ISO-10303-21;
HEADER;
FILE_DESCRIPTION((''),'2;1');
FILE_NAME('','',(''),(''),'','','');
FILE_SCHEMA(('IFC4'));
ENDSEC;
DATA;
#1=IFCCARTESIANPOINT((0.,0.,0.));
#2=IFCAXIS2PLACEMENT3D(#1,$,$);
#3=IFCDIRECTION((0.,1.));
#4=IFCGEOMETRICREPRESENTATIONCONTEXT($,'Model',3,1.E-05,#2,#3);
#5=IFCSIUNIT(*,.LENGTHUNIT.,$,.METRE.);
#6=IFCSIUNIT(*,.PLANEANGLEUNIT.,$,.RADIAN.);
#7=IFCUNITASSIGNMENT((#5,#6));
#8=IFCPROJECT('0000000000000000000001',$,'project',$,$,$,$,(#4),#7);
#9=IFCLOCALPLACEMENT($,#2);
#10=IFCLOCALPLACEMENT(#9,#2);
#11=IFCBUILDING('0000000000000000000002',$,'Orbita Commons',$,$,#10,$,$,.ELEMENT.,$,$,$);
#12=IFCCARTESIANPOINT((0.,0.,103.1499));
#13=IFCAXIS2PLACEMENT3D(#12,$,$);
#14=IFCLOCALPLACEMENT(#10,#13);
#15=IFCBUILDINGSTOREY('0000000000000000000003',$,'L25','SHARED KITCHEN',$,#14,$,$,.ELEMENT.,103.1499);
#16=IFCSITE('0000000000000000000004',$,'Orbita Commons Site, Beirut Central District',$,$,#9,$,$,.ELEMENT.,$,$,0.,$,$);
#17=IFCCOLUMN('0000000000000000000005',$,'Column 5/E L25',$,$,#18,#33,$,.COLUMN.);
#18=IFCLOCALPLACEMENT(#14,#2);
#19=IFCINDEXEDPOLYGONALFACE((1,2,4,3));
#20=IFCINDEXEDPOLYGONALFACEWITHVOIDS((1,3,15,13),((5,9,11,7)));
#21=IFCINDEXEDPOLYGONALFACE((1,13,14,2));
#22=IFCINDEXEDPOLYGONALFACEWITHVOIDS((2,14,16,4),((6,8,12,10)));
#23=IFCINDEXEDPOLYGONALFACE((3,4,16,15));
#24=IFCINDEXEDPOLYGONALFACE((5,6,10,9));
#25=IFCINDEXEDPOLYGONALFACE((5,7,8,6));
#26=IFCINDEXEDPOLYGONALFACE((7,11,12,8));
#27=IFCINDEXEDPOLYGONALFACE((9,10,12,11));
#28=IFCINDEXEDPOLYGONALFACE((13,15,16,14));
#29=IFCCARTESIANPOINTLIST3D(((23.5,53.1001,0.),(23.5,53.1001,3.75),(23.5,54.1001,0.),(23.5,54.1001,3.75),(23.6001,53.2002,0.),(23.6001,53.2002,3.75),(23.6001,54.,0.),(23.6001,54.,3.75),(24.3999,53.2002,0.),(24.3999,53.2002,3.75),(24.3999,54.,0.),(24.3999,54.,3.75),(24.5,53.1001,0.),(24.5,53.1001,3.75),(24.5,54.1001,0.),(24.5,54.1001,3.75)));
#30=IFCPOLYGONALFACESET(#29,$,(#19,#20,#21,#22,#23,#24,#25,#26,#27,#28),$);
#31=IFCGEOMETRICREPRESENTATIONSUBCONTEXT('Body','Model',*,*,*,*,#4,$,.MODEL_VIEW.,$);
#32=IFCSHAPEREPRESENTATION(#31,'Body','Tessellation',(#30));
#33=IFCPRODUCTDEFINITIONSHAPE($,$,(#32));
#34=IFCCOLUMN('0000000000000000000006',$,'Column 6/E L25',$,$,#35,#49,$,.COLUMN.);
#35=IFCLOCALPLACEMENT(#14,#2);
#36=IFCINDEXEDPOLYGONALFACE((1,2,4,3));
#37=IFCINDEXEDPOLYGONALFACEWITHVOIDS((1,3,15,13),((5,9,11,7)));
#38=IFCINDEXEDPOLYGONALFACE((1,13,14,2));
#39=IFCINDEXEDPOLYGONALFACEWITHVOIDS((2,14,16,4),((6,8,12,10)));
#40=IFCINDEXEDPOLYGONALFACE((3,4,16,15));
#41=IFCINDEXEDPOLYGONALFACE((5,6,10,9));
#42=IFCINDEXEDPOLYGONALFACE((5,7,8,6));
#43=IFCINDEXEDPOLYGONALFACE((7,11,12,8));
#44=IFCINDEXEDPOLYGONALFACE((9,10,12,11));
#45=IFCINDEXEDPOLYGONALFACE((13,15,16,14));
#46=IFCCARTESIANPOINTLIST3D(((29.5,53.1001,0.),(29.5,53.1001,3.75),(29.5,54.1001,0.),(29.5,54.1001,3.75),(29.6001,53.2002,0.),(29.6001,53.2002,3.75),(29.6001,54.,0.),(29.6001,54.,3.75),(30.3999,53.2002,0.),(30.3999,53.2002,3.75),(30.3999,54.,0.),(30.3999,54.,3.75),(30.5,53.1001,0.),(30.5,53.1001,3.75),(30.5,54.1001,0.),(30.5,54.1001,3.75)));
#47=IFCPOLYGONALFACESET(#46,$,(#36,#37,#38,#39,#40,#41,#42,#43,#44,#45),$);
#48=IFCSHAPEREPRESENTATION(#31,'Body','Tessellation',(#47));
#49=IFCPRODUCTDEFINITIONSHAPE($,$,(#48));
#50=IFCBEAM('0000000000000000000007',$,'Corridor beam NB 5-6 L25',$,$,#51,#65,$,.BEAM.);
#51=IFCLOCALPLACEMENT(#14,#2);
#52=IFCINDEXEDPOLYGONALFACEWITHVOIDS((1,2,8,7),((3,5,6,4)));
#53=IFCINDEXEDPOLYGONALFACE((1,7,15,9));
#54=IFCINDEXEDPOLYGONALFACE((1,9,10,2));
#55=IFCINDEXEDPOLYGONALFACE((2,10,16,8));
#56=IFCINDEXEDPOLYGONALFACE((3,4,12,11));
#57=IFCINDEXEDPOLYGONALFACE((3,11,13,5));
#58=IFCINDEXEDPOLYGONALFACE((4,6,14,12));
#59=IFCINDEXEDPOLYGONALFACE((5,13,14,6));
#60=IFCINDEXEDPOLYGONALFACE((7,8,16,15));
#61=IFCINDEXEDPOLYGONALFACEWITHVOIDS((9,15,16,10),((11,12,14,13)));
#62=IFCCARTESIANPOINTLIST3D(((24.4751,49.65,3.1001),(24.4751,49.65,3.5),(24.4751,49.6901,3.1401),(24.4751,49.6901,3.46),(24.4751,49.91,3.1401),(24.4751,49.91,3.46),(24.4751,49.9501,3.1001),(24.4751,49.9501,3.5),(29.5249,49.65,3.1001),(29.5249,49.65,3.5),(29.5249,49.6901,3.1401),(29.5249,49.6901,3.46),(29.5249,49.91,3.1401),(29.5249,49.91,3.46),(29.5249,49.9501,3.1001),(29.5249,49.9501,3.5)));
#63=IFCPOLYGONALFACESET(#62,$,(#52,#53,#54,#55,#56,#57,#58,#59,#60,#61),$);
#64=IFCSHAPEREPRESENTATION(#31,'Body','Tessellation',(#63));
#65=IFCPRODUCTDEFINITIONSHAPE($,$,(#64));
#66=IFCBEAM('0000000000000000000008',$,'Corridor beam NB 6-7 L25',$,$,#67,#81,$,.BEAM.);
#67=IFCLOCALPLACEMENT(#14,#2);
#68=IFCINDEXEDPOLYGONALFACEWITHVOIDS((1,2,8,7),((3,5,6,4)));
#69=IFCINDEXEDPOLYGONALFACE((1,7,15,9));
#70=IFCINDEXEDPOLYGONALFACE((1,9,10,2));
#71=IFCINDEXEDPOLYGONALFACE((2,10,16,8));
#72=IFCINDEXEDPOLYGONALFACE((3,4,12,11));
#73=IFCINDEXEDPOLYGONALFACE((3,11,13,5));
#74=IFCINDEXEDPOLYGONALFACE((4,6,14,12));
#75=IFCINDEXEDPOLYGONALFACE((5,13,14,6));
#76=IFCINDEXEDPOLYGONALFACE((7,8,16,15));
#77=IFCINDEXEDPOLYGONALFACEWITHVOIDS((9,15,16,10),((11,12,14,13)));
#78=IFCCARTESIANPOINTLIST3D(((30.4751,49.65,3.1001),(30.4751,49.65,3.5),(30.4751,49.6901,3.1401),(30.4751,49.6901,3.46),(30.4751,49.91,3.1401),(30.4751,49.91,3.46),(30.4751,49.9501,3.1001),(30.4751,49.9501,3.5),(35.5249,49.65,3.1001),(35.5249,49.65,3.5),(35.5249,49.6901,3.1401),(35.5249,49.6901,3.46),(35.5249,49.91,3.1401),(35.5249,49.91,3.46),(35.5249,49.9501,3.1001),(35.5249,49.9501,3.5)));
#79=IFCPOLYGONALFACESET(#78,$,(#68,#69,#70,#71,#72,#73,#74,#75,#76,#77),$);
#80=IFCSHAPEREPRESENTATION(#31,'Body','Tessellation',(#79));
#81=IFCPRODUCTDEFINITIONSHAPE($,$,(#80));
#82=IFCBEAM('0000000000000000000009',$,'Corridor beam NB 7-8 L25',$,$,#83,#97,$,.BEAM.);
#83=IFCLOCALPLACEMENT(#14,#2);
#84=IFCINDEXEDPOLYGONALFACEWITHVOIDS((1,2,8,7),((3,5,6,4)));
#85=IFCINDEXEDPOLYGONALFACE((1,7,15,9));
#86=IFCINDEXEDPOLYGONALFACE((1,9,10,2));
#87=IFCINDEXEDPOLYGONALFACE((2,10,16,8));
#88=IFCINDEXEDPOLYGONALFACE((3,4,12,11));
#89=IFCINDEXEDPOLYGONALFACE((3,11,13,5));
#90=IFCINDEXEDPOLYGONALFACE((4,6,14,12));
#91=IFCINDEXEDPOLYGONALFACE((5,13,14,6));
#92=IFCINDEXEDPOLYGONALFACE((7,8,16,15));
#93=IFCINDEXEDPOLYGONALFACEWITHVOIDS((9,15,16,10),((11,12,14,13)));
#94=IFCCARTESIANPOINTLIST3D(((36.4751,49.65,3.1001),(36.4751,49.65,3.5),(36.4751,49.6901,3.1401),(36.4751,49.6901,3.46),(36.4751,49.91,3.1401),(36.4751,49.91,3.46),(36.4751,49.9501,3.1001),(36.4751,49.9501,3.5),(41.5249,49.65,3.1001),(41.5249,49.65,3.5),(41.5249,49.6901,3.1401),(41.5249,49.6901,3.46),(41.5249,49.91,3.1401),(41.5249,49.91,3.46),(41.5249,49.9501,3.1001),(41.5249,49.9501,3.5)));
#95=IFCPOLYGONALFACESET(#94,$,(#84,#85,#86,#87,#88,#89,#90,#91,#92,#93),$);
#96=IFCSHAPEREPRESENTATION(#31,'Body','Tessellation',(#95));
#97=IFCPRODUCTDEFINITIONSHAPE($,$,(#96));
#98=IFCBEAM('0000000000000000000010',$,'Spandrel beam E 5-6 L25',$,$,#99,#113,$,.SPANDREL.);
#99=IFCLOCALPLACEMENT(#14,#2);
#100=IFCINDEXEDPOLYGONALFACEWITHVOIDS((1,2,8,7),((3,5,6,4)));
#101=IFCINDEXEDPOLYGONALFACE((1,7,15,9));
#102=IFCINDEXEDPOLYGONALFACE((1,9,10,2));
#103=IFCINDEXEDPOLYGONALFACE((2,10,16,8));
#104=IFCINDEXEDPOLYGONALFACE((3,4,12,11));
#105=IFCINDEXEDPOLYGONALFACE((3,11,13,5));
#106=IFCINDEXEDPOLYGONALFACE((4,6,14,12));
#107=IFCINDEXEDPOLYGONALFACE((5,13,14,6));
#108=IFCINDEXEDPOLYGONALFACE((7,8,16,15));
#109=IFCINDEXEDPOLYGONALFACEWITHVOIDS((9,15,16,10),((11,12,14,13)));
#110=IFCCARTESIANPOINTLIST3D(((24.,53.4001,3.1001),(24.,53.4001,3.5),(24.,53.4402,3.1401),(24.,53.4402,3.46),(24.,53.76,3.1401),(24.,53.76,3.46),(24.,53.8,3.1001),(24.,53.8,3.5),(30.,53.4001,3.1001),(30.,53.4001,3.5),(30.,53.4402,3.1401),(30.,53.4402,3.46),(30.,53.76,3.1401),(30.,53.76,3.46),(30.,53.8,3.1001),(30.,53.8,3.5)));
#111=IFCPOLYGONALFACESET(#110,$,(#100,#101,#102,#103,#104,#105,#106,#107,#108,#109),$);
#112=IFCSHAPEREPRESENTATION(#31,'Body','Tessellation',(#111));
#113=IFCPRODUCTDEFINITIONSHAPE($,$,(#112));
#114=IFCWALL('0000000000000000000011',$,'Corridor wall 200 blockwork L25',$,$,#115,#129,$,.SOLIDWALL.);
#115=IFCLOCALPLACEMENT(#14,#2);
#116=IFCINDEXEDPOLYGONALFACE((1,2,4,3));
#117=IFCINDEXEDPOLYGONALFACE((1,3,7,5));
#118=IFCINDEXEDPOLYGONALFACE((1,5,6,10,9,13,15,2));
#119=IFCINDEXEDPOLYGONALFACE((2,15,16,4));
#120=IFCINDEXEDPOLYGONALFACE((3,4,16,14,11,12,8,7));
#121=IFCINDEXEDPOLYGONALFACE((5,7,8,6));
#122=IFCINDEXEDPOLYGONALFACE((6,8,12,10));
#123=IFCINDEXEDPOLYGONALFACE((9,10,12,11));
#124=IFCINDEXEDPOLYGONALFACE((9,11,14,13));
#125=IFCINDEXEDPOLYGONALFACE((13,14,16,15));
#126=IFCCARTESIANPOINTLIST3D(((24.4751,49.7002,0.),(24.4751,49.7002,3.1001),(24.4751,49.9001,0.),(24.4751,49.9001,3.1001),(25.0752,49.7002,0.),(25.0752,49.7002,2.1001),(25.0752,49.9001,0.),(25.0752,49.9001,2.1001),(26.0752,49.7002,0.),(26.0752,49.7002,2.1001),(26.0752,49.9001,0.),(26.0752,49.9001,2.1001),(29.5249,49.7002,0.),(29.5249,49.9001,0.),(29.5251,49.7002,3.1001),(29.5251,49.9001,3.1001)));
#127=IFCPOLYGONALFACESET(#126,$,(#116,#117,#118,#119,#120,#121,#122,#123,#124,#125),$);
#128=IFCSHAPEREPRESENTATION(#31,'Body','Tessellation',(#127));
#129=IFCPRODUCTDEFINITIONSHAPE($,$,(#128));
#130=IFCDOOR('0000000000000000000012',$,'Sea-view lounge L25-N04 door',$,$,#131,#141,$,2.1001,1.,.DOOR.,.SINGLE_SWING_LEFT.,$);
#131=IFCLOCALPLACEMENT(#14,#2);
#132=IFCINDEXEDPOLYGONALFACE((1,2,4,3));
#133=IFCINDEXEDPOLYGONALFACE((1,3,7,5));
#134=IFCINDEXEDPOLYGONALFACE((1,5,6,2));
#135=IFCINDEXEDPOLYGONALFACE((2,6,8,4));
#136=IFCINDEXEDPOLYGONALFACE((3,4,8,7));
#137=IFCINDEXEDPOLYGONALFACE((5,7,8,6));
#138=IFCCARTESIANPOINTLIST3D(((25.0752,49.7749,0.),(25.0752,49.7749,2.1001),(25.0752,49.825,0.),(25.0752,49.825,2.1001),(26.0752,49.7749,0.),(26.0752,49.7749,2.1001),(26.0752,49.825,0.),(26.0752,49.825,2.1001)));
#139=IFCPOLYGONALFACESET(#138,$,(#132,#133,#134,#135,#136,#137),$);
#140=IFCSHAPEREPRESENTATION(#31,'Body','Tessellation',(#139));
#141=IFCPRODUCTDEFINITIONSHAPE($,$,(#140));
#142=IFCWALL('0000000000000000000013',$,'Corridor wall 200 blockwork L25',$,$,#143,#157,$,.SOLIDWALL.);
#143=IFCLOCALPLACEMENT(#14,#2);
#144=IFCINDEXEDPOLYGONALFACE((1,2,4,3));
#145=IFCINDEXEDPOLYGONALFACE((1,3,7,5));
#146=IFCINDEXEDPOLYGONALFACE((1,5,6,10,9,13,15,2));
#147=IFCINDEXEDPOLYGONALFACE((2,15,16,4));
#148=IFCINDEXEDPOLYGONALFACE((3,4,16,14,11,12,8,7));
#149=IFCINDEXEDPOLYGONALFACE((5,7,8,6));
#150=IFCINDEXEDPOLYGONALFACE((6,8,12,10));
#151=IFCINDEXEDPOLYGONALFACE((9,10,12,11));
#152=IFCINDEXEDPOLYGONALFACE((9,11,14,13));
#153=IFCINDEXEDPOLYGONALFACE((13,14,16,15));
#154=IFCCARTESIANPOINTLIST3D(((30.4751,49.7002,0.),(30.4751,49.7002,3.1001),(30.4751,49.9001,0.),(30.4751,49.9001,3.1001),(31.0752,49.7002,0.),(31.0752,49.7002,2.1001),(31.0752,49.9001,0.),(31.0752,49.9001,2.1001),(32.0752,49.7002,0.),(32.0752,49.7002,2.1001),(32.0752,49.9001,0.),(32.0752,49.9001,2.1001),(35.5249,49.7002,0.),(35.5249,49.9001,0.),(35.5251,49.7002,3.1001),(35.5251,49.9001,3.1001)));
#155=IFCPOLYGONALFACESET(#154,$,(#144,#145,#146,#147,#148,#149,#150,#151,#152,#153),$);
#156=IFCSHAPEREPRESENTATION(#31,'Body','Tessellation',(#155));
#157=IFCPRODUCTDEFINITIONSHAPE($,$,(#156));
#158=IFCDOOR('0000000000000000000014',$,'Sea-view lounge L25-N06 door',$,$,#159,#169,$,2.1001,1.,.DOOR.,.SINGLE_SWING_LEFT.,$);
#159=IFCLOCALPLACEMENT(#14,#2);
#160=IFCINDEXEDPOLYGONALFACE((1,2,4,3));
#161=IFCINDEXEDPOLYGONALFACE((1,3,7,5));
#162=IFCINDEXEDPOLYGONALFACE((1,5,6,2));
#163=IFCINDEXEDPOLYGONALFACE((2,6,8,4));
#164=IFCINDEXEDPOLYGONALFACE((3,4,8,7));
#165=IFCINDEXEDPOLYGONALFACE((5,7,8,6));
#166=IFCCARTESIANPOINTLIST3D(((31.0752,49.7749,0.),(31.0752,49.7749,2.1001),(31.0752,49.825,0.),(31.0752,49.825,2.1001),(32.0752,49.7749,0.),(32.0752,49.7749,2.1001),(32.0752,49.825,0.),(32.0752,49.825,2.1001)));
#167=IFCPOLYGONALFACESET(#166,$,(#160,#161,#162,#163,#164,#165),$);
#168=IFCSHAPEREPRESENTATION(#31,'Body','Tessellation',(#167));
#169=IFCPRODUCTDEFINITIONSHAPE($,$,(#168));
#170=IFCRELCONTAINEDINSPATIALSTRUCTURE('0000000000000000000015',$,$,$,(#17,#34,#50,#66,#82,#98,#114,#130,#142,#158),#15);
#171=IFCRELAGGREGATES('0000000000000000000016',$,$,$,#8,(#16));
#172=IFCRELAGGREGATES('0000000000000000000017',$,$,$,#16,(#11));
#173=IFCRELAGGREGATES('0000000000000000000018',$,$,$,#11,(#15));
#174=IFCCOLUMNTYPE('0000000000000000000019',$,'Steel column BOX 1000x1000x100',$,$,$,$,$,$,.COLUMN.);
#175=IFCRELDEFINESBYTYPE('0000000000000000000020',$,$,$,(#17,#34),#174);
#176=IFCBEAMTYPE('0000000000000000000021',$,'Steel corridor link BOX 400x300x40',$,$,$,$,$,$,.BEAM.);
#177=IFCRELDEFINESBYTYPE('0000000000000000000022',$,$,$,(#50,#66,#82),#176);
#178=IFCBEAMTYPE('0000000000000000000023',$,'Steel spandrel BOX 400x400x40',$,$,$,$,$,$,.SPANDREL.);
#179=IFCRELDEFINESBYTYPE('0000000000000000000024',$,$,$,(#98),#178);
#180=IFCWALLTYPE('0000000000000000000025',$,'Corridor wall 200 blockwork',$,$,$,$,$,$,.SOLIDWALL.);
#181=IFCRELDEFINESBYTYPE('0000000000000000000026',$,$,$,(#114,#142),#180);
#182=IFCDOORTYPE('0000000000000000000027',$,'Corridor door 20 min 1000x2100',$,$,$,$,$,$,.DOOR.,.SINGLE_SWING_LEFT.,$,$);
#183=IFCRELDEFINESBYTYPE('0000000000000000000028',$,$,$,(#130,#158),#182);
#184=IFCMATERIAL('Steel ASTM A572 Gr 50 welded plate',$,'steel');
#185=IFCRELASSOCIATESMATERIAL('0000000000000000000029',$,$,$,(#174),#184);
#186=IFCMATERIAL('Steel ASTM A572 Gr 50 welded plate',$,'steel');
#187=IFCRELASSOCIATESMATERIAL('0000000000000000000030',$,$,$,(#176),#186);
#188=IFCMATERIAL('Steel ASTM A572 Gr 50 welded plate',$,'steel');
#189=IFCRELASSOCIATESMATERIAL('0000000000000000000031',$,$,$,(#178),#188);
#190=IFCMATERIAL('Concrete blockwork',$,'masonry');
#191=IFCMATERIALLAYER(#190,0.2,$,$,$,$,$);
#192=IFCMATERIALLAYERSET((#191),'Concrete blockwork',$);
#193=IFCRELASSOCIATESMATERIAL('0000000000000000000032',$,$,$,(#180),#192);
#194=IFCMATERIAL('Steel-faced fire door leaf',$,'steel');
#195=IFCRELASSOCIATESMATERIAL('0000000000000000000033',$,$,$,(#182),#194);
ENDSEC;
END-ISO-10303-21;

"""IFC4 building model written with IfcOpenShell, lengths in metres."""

from ifc_helpers import new_model, si_unit, direction, frame, frame_2d, origin, origin_2d, place, context, subcontext, project, spatial, polyline, rectangle, hollow_rectangle, outline, extrude, material, layer, layer_set, material_profile, profile_set, type_object, element, fill, save


model = new_model("IFC4")

# Units and contexts
model_context = context("Model", 3, precision=1e-05, world=origin(), true_north=direction((0.0, 1.0)))
body_context = subcontext(model_context, "Body", "Model", "MODEL_VIEW")
ifc_project = project(units=[si_unit("LENGTHUNIT", "METRE"), si_unit("PLANEANGLEUNIT", "RADIAN")], contexts=[model_context])

# Site, building, storey
site_placement = place(None, origin())
site = spatial("IfcSite", under=ifc_project, at=site_placement, Name="Orbita Commons Site, Beirut Central District", CompositionType="ELEMENT", RefElevation=0.0)
building_placement = place(site_placement, origin())
building = spatial("IfcBuilding", under=site, at=building_placement, Name="Orbita Commons", CompositionType="ELEMENT")
storey_placement = place(building_placement, frame((0.0, 0.0, 103.1499)))
storey = spatial("IfcBuildingStorey", under=building, at=storey_placement, Name="L25", Description="SHARED KITCHEN", CompositionType="ELEMENT", Elevation=103.1499)

# Columns
ifc_material_1 = material(Name="Steel ASTM A572 Gr 50 welded plate", Category="steel")
ifc_material_profile_1 = material_profile(ifc_material_1, hollow_rectangle(XDim=1.0, YDim=1.0, WallThickness=0.1001, at=origin_2d()), Name="BOX 1000x1000x100")
ifc_profile_set_1 = profile_set([ifc_material_profile_1], Name="Steel ASTM A572 Gr 50 welded plate")
column_type = type_object("IfcColumnType", Name="Steel column BOX 1000x1000x100", PredefinedType="COLUMN", material=ifc_profile_set_1)
for number, where, z_axis, x_axis, name in (
    (1, (24.0, 53.6001, 0.0), (0.0, 0.0, 1.0), (1.0, 0.0, 0.0), "Column 5/E L25"),
    (2, (30.0, 53.6001, 0.0), (0.0, 0.0, 1.0), (1.0, 0.0, 0.0), "Column 6/E L25"),
):
    element("IfcColumn", number, at=place(storey_placement, frame(where, z_axis=z_axis, x_axis=x_axis)), inside=storey, type_object=column_type, Name=name, PredefinedType="COLUMN", context=body_context, shape_type="SweptSolid", body=[
        extrude(hollow_rectangle(XDim=1.0, YDim=1.0, WallThickness=0.1001, at=origin_2d()), origin(), (0.0, 0.0, 1.0), 3.75),
    ])

# Beams
ifc_material_2 = material(Name="Steel ASTM A572 Gr 50 welded plate", Category="steel")
ifc_material_profile_2 = material_profile(ifc_material_2, hollow_rectangle(XDim=0.3, YDim=0.3999, WallThickness=0.04, at=origin_2d()), Name="BOX 400x300x40")
ifc_profile_set_2 = profile_set([ifc_material_profile_2], Name="Steel ASTM A572 Gr 50 welded plate")
beam_type_1 = type_object("IfcBeamType", Name="Steel corridor link BOX 400x300x40", PredefinedType="BEAM", material=ifc_profile_set_2)
for number, where, z_axis, x_axis, name in (
    (3, (24.4751, 49.8, 3.3), (1.0, 0.0, 0.0), (0.0, 1.0, 0.0), "Corridor beam NB 5-6 L25"),
    (4, (30.4751, 49.8, 3.3), (1.0, 0.0, 0.0), (0.0, 1.0, 0.0), "Corridor beam NB 6-7 L25"),
    (5, (36.4751, 49.8, 3.3), (1.0, 0.0, 0.0), (0.0, 1.0, 0.0), "Corridor beam NB 7-8 L25"),
):
    element("IfcBeam", number, at=place(storey_placement, frame(where, z_axis=z_axis, x_axis=x_axis)), inside=storey, type_object=beam_type_1, Name=name, PredefinedType="BEAM", context=body_context, shape_type="SweptSolid", body=[
        extrude(hollow_rectangle(XDim=0.3, YDim=0.3999, WallThickness=0.04, at=origin_2d()), origin(), (0.0, 0.0, 1.0), 5.0498),
    ])
ifc_material_3 = material(Name="Steel ASTM A572 Gr 50 welded plate", Category="steel")
ifc_material_profile_3 = material_profile(ifc_material_3, hollow_rectangle(XDim=0.3999, YDim=0.3999, WallThickness=0.04, at=origin_2d()), Name="BOX 400x400x40")
ifc_profile_set_3 = profile_set([ifc_material_profile_3], Name="Steel ASTM A572 Gr 50 welded plate")
beam_type_2 = type_object("IfcBeamType", Name="Steel spandrel BOX 400x400x40", PredefinedType="SPANDREL", material=ifc_profile_set_3)
beam_placement = place(storey_placement, frame((24.0, 53.6001, 3.3), z_axis=(1.0, 0.0, 0.0), x_axis=(0.0, 1.0, 0.0)))
element("IfcBeam", 6, at=beam_placement, inside=storey, type_object=beam_type_2, Name="Spandrel beam E 5-6 L25", PredefinedType="SPANDREL", context=body_context, shape_type="SweptSolid", body=[
    extrude(hollow_rectangle(XDim=0.3999, YDim=0.3999, WallThickness=0.04, at=origin_2d()), origin(), (0.0, 0.0, 1.0), 6.0),
])

# Walls, openings, doors
ifc_material_4 = material(Name="Concrete blockwork", Category="masonry")
ifc_layer_1 = layer(ifc_material_4, 0.2)
ifc_layer_set_1 = layer_set([ifc_layer_1], Name="Concrete blockwork")
wall_type_1 = type_object("IfcWallType", Name="Corridor wall 200 blockwork", PredefinedType="SOLIDWALL", material=ifc_layer_set_1)
wall_1_placement = place(storey_placement, frame((24.4751, 49.8, 0.0), z_axis=(0.0, 0.0, 1.0), x_axis=(1.0, 0.0, 0.0)))
wall_1 = element("IfcWall", 7, at=wall_1_placement, inside=storey, type_object=wall_type_1, Name="Corridor wall 200 blockwork L25", PredefinedType="SOLIDWALL", context=body_context, shape_type="SweptSolid", body=[
    extrude(outline(polyline([(0.0, 0.0), (5.0498, 0.0), (5.05, 3.1001), (0.0, 3.1001), (0.0, 0.0)])), frame((0.0, 0.1001, 0.0), z_axis=(0.0, -1.0, 0.0), x_axis=(1.0, 0.0, 0.0)), (0.0, 0.0, 1.0), 0.2),
])
opening_1_placement = place(wall_1_placement, frame((0.6001, 0.0, 0.0)))
opening_1 = element("IfcOpeningElement", 8, at=opening_1_placement, cuts=wall_1, PredefinedType="OPENING", context=body_context, shape_type="SweptSolid", body=[
    extrude(rectangle(XDim=1.0, YDim=2.1001, at=frame_2d((0.5, 1.05))), frame((0.0, 0.1099, 0.0), z_axis=(0.0, -1.0, 0.0), x_axis=(1.0, 0.0, 0.0)), (0.0, 0.0, 1.0), 0.22),
])
ifc_material_5 = material(Name="Steel-faced fire door leaf", Category="steel")
door_type_1 = type_object("IfcDoorType", Name="Corridor door 20 min 1000x2100", OperationType="SINGLE_SWING_LEFT", PredefinedType="DOOR", material=ifc_material_5)
door_1_placement = place(opening_1_placement, origin())
door_1 = element("IfcDoor", 9, at=door_1_placement, inside=storey, type_object=door_type_1, Name="Sea-view lounge L25-N04 door", OperationType="SINGLE_SWING_LEFT", OverallHeight=2.1001, OverallWidth=1.0, PredefinedType="DOOR", context=body_context, shape_type="SweptSolid", body=[
    extrude(rectangle(XDim=1.0, YDim=2.1001, at=frame_2d((0.5, 1.05))), frame((0.0, 0.0249, 0.0), z_axis=(0.0, -1.0, 0.0), x_axis=(1.0, 0.0, 0.0)), (0.0, 0.0, 1.0), 0.05),
])
fill(opening_1, door_1)
wall_2_placement = place(storey_placement, frame((30.4751, 49.8, 0.0), z_axis=(0.0, 0.0, 1.0), x_axis=(1.0, 0.0, 0.0)))
wall_2 = element("IfcWall", 10, at=wall_2_placement, inside=storey, type_object=wall_type_1, Name="Corridor wall 200 blockwork L25", PredefinedType="SOLIDWALL", context=body_context, shape_type="SweptSolid", body=[
    extrude(outline(polyline([(0.0, 0.0), (5.0498, 0.0), (5.05, 3.1001), (0.0, 3.1001), (0.0, 0.0)])), frame((0.0, 0.1001, 0.0), z_axis=(0.0, -1.0, 0.0), x_axis=(1.0, 0.0, 0.0)), (0.0, 0.0, 1.0), 0.2),
])
opening_2_placement = place(wall_2_placement, frame((0.6001, 0.0, 0.0)))
opening_2 = element("IfcOpeningElement", 11, at=opening_2_placement, cuts=wall_2, PredefinedType="OPENING", context=body_context, shape_type="SweptSolid", body=[
    extrude(rectangle(XDim=1.0, YDim=2.1001, at=frame_2d((0.5, 1.05))), frame((0.0, 0.1099, 0.0), z_axis=(0.0, -1.0, 0.0), x_axis=(1.0, 0.0, 0.0)), (0.0, 0.0, 1.0), 0.22),
])
door_2_placement = place(opening_2_placement, origin())
door_2 = element("IfcDoor", 12, at=door_2_placement, inside=storey, type_object=door_type_1, Name="Sea-view lounge L25-N06 door", OperationType="SINGLE_SWING_LEFT", OverallHeight=2.1001, OverallWidth=1.0, PredefinedType="DOOR", context=body_context, shape_type="SweptSolid", body=[
    extrude(rectangle(XDim=1.0, YDim=2.1001, at=frame_2d((0.5, 1.05))), frame((0.0, 0.0249, 0.0), z_axis=(0.0, -1.0, 0.0), x_axis=(1.0, 0.0, 0.0)), (0.0, 0.0, 1.0), 0.05),
])
fill(opening_2, door_2)

save(model, "model.ifc")
